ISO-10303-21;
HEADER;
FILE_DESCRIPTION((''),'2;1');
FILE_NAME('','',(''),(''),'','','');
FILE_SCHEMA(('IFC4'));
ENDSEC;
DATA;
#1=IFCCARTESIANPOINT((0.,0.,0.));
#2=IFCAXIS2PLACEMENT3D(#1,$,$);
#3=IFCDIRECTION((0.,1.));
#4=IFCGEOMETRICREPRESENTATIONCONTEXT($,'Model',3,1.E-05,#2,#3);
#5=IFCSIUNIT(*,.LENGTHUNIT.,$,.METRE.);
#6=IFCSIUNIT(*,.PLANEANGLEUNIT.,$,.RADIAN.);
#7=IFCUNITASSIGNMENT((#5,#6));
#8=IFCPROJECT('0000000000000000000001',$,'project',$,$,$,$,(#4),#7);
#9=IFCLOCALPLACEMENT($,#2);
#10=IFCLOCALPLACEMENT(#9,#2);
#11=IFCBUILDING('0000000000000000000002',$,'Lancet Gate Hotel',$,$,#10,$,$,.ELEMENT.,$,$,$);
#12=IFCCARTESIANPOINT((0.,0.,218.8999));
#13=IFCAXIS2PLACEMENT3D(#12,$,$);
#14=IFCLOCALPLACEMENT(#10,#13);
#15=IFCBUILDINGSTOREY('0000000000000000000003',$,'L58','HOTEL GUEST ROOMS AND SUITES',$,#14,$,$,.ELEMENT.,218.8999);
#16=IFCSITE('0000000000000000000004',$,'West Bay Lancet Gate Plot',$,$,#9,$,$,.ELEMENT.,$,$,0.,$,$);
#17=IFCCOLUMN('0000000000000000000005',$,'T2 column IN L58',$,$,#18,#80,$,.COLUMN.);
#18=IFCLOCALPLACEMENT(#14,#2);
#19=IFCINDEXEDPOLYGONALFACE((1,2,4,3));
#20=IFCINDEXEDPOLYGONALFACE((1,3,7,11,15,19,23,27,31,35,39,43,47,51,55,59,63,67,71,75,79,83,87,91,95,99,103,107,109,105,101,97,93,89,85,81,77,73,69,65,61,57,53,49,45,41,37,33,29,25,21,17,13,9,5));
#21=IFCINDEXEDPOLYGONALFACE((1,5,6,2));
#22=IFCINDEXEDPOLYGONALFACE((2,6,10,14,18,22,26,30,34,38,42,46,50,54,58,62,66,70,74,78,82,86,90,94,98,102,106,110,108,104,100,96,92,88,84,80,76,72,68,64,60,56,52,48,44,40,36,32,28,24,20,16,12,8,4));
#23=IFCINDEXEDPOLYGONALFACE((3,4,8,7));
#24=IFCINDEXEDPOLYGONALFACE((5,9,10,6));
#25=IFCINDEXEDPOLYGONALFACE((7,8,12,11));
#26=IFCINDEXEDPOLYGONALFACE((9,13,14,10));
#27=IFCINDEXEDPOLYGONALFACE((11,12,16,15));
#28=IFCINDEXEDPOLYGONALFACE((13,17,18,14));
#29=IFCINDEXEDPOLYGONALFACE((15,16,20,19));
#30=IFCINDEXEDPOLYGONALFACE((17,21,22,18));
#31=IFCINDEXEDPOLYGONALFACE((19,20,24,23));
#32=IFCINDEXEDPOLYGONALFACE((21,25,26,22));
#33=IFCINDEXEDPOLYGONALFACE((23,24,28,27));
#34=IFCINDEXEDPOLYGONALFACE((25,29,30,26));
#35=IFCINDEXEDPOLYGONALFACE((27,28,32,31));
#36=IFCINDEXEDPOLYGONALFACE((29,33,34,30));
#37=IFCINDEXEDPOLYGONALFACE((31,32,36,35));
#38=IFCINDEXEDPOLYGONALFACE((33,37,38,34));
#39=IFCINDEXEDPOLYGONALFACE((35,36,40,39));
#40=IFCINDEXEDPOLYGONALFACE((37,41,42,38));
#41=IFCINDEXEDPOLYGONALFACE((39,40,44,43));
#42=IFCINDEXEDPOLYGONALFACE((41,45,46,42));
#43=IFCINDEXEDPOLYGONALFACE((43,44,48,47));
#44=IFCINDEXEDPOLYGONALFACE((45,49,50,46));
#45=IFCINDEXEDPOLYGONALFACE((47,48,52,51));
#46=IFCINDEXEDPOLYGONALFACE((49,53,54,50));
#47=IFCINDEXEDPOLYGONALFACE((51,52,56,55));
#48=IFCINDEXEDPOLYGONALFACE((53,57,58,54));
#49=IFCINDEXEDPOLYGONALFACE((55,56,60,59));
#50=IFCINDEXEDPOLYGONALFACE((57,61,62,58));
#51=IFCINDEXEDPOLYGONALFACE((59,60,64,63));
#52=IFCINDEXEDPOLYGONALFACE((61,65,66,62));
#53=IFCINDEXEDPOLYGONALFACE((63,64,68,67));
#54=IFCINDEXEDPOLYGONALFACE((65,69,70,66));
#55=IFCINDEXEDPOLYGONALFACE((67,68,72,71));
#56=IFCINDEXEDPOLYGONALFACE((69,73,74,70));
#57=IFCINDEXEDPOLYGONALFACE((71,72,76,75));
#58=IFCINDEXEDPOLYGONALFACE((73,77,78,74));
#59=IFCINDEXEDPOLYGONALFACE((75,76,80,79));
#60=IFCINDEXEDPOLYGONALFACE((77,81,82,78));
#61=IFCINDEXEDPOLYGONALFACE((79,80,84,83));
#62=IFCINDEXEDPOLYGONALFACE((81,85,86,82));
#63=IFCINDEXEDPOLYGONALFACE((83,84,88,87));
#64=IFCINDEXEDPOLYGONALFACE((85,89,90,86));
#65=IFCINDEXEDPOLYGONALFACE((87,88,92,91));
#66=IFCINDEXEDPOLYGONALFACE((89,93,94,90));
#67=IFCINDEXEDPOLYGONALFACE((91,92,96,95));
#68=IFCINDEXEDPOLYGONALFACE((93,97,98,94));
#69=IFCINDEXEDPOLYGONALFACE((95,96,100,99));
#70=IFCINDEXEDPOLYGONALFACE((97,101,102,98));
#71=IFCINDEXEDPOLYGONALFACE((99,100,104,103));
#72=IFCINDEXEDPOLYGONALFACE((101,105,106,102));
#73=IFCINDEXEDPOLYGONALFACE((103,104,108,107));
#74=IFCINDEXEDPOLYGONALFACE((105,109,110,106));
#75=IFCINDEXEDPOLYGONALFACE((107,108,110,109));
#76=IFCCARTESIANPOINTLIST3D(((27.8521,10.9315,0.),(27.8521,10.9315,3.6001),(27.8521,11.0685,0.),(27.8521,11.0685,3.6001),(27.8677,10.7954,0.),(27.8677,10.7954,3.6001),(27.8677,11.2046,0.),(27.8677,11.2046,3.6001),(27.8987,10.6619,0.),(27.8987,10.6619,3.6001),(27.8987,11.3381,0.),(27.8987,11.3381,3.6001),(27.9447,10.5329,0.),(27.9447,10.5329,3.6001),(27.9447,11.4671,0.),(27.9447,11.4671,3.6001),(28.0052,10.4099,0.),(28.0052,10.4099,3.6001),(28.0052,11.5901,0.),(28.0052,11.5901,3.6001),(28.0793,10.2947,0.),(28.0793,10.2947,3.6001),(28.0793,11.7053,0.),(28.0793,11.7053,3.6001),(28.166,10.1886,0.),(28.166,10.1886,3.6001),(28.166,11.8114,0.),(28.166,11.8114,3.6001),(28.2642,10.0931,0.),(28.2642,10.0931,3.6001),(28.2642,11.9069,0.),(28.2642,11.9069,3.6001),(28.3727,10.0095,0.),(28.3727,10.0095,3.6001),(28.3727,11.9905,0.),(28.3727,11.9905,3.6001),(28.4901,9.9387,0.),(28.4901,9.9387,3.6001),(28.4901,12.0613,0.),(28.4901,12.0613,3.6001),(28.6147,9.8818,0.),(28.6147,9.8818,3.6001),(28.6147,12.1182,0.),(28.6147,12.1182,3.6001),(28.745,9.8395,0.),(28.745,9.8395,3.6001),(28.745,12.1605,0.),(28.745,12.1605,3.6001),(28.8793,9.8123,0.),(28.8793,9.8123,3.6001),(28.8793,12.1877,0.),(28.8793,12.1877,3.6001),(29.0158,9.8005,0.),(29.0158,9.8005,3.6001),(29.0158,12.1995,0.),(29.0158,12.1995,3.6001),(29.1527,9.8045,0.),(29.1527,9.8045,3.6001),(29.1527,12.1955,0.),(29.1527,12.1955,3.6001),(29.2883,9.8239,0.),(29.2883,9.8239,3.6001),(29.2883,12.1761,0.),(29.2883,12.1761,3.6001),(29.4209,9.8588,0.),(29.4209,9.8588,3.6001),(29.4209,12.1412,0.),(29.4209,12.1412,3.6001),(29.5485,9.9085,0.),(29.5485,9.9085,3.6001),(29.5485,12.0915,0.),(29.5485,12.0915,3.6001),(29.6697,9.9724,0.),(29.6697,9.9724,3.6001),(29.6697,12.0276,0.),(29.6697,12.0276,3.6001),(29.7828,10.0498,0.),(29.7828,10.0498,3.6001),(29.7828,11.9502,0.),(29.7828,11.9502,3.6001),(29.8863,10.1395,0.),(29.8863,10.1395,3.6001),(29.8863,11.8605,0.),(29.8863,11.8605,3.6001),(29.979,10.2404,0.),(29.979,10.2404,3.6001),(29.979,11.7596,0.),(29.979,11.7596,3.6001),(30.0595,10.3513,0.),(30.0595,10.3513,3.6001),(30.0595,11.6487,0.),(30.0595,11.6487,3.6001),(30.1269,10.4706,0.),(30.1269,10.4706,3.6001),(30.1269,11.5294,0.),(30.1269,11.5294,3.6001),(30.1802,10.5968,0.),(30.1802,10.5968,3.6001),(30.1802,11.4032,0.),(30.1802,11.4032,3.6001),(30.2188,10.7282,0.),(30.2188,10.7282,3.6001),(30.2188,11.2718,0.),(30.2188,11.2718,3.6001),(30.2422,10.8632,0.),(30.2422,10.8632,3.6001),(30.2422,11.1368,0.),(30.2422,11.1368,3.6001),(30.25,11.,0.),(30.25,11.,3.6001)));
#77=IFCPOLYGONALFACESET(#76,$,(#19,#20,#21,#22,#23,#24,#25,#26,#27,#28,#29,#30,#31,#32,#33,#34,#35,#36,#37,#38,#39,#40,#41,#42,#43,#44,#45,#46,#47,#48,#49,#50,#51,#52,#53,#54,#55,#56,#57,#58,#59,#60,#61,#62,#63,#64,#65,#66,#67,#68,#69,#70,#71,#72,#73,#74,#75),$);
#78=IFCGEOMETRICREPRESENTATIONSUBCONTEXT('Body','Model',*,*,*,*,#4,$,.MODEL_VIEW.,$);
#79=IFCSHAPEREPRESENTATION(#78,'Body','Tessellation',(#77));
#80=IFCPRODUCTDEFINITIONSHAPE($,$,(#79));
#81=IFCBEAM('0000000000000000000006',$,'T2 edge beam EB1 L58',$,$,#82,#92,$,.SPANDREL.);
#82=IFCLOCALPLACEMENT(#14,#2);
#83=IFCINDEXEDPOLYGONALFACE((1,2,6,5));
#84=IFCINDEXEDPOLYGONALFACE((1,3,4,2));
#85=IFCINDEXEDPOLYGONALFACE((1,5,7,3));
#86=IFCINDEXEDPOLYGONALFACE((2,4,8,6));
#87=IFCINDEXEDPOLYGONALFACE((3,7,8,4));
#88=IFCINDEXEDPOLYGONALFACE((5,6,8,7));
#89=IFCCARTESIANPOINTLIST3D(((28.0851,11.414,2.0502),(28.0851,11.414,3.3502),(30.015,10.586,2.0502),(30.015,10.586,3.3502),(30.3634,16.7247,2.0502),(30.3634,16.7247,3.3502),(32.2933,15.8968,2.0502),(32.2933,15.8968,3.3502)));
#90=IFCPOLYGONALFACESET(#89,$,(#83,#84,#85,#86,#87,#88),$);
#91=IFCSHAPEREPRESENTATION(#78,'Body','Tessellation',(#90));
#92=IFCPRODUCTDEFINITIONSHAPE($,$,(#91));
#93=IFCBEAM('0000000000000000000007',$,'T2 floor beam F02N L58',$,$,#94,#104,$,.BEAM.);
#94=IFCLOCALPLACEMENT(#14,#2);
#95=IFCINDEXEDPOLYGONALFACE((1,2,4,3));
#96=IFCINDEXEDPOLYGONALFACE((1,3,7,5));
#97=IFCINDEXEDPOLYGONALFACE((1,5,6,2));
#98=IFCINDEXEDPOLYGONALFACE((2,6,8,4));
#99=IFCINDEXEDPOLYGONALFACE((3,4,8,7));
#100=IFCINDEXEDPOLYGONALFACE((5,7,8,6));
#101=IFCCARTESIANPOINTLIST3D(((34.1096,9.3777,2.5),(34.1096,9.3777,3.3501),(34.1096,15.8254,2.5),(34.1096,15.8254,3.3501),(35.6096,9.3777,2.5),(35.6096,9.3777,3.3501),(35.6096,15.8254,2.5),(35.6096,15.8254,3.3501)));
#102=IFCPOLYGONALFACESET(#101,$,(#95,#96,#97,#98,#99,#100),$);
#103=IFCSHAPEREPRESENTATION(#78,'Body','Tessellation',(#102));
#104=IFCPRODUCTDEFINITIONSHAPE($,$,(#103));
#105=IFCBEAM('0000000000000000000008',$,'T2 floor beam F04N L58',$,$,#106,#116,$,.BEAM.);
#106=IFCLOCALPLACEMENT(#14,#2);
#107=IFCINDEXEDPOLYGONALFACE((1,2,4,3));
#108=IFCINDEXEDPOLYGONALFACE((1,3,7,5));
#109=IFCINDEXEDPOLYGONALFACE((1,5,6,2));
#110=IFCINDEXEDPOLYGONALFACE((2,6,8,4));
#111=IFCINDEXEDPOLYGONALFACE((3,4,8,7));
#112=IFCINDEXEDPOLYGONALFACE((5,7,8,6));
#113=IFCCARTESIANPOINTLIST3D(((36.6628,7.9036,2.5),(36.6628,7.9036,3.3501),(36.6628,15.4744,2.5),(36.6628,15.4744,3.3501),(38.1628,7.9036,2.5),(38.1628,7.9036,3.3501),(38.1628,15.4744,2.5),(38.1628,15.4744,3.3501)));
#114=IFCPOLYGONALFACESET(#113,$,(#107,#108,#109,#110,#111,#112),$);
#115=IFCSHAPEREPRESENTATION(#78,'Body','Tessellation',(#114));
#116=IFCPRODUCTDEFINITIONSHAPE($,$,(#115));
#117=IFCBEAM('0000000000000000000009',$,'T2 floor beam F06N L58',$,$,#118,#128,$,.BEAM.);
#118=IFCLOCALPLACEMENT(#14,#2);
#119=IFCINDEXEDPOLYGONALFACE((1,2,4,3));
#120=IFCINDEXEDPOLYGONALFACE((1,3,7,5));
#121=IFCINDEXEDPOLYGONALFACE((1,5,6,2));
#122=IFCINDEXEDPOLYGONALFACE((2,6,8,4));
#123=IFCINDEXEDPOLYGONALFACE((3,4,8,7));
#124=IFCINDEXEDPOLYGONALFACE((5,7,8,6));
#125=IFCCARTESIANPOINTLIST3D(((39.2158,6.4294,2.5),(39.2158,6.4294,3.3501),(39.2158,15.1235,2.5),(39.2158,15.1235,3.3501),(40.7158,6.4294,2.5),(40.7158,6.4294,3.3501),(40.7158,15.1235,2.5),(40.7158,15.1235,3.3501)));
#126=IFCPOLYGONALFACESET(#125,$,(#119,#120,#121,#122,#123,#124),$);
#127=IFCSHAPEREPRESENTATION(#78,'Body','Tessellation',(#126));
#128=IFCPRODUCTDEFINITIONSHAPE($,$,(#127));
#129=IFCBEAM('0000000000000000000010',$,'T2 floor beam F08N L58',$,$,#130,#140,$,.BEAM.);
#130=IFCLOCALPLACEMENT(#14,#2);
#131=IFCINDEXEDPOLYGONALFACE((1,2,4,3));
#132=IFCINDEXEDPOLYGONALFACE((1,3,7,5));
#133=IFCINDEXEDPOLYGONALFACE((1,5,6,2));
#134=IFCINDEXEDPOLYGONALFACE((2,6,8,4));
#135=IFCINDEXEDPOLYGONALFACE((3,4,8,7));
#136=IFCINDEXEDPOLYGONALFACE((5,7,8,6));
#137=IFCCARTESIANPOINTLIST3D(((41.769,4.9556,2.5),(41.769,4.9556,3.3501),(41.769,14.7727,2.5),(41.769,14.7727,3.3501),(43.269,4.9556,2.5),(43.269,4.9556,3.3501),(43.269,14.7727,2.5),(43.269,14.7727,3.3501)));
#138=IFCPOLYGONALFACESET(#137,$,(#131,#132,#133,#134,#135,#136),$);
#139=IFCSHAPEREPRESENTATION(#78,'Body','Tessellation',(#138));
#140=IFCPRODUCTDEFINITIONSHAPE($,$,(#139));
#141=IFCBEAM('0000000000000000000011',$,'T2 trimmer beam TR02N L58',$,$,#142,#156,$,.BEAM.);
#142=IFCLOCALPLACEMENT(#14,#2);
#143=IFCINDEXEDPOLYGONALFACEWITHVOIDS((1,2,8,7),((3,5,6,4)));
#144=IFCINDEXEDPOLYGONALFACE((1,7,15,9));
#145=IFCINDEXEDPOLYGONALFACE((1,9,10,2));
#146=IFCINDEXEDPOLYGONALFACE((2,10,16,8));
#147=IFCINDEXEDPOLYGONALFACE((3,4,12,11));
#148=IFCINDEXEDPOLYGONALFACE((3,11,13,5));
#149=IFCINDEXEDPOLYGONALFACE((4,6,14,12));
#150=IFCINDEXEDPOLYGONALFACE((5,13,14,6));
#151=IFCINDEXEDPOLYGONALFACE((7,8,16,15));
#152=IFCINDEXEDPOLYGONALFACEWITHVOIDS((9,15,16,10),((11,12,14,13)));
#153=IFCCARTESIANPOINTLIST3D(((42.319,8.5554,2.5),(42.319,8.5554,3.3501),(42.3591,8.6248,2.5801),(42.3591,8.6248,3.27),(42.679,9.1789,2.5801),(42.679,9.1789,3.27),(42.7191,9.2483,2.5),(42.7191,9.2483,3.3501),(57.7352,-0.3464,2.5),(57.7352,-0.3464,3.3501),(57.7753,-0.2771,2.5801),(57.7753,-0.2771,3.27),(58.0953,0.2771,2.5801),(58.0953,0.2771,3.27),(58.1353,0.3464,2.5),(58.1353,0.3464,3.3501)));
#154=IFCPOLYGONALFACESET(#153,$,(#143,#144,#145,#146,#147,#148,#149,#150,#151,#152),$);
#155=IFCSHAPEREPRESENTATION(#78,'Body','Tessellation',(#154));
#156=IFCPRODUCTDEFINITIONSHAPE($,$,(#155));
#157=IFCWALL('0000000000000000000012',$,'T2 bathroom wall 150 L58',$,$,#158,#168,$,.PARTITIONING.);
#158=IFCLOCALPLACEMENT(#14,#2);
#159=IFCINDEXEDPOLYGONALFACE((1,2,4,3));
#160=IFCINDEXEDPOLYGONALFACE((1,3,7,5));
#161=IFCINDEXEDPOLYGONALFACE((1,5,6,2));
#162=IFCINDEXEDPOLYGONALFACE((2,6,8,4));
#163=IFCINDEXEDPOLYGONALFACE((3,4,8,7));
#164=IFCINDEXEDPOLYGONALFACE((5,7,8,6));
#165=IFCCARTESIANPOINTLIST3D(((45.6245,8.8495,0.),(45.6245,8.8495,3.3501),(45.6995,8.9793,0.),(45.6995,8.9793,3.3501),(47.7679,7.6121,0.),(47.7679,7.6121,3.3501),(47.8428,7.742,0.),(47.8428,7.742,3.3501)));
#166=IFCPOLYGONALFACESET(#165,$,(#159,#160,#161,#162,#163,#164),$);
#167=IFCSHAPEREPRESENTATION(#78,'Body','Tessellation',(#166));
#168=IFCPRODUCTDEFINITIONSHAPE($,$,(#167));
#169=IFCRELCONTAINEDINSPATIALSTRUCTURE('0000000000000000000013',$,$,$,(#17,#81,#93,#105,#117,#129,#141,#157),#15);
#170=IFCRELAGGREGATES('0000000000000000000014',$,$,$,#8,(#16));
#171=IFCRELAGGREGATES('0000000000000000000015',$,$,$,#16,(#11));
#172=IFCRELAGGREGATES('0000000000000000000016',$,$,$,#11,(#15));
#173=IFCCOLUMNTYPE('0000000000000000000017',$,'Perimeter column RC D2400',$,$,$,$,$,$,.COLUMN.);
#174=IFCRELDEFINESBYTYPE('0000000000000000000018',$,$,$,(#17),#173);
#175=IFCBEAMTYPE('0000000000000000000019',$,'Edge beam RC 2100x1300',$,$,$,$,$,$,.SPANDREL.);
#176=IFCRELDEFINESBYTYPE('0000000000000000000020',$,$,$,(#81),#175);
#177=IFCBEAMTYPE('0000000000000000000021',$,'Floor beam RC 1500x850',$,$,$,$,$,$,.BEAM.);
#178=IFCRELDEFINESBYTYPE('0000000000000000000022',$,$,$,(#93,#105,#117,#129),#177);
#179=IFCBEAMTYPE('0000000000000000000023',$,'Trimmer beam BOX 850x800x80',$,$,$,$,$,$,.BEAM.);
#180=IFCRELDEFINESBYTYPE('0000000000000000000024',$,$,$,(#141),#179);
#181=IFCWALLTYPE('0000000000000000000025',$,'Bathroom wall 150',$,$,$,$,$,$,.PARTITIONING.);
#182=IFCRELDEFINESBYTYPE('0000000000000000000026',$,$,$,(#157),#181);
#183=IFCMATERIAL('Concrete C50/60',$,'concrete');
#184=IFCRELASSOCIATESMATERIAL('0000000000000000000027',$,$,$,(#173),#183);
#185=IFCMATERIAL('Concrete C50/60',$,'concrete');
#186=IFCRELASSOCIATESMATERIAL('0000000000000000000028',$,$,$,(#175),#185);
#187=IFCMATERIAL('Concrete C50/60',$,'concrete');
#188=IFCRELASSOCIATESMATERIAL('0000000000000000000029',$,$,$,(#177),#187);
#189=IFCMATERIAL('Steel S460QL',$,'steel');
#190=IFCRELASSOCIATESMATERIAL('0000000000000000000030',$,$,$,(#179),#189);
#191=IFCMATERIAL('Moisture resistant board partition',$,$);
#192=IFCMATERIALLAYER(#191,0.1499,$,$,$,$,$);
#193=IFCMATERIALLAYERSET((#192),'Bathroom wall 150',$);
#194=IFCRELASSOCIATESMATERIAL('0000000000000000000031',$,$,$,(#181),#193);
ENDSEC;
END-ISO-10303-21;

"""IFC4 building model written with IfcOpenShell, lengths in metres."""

from ifc_helpers import new_model, si_unit, direction, frame, frame_2d, origin, origin_2d, place, context, subcontext, project, spatial, rectangle, hollow_rectangle, circle, extrude, material, layer, layer_set, material_profile, profile_set, type_object, element, save


model = new_model("IFC4")

# Units and contexts
model_context = context("Model", 3, precision=1e-05, world=origin(), true_north=direction((0.0, 1.0)))
body_context = subcontext(model_context, "Body", "Model", "MODEL_VIEW")
ifc_project = project(units=[si_unit("LENGTHUNIT", "METRE"), si_unit("PLANEANGLEUNIT", "RADIAN")], contexts=[model_context])

# Site, building, storey
site_placement = place(None, origin())
site = spatial("IfcSite", under=ifc_project, at=site_placement, Name="West Bay Lancet Gate Plot", CompositionType="ELEMENT", RefElevation=0.0)
building_placement = place(site_placement, origin())
building = spatial("IfcBuilding", under=site, at=building_placement, Name="Lancet Gate Hotel", CompositionType="ELEMENT")
storey_placement = place(building_placement, frame((0.0, 0.0, 218.8999)))
storey = spatial("IfcBuildingStorey", under=building, at=storey_placement, Name="L58", Description="HOTEL GUEST ROOMS AND SUITES", CompositionType="ELEMENT", Elevation=218.8999)

# Column
ifc_material_1 = material(Name="Concrete C50/60", Category="concrete")
ifc_material_profile_1 = material_profile(ifc_material_1, circle(Radius=1.2, at=origin_2d()), Name="RC D2400")
ifc_profile_set_1 = profile_set([ifc_material_profile_1], Name="Concrete C50/60")
column_type = type_object("IfcColumnType", Name="Perimeter column RC D2400", PredefinedType="COLUMN", material=ifc_profile_set_1)
column_placement = place(storey_placement, frame((29.05, 11.0, 0.0), z_axis=(0.0, 0.0, 1.0), x_axis=(1.0, 0.0, 0.0)))
element("IfcColumn", 1, at=column_placement, inside=storey, type_object=column_type, Name="T2 column IN L58", PredefinedType="COLUMN", context=body_context, shape_type="SweptSolid", body=[
    extrude(circle(Radius=1.2, at=origin_2d()), origin(), (0.0, 0.0, 1.0), 3.6001),
])

# Beams
ifc_material_2 = material(Name="Concrete C50/60", Category="concrete")
ifc_material_profile_2 = material_profile(ifc_material_2, rectangle(XDim=2.1001, YDim=1.3, at=origin_2d()), Name="RC 2100x1300")
ifc_profile_set_2 = profile_set([ifc_material_profile_2], Name="Concrete C50/60")
beam_type_1 = type_object("IfcBeamType", Name="Edge beam RC 2100x1300", PredefinedType="SPANDREL", material=ifc_profile_set_2)
beam_1_placement = place(storey_placement, frame((29.05, 11.0, 2.7002), z_axis=(0.394251, 0.919003, 0.0), x_axis=(-0.919003, 0.394251, 0.0)))
element("IfcBeam", 2, at=beam_1_placement, inside=storey, type_object=beam_type_1, Name="T2 edge beam EB1 L58", PredefinedType="SPANDREL", context=body_context, shape_type="SweptSolid", body=[
    extrude(rectangle(XDim=2.1001, YDim=1.3, at=origin_2d()), origin(), (0.0, 0.0, 1.0), 5.7788),
])
ifc_material_3 = material(Name="Concrete C50/60", Category="concrete")
ifc_material_profile_3 = material_profile(ifc_material_3, rectangle(XDim=1.5, YDim=0.8501, at=origin_2d()), Name="RC 1500x850")
ifc_profile_set_3 = profile_set([ifc_material_profile_3], Name="Concrete C50/60")
beam_type_2 = type_object("IfcBeamType", Name="Floor beam RC 1500x850", PredefinedType="BEAM", material=ifc_profile_set_3)
beam_2_placement = place(storey_placement, frame((34.8596, 9.3777, 2.925), z_axis=(0.0, 1.0, 0.0), x_axis=(-1.0, 0.0, 0.0)))
element("IfcBeam", 3, at=beam_2_placement, inside=storey, type_object=beam_type_2, Name="T2 floor beam F02N L58", PredefinedType="BEAM", context=body_context, shape_type="SweptSolid", body=[
    extrude(rectangle(XDim=1.5, YDim=0.8501, at=origin_2d()), origin(), (0.0, 0.0, 1.0), 6.4478),
])
beam_3_placement = place(storey_placement, frame((37.4128, 7.9036, 2.925), z_axis=(0.0, 1.0, 0.0), x_axis=(-1.0, 0.0, 0.0)))
element("IfcBeam", 4, at=beam_3_placement, inside=storey, type_object=beam_type_2, Name="T2 floor beam F04N L58", PredefinedType="BEAM", context=body_context, shape_type="SweptSolid", body=[
    extrude(rectangle(XDim=1.5, YDim=0.8501, at=origin_2d()), origin(), (0.0, 0.0, 1.0), 7.5708),
])
beam_4_placement = place(storey_placement, frame((39.9658, 6.4294, 2.925), z_axis=(0.0, 1.0, 0.0), x_axis=(-1.0, 0.0, 0.0)))
element("IfcBeam", 5, at=beam_4_placement, inside=storey, type_object=beam_type_2, Name="T2 floor beam F06N L58", PredefinedType="BEAM", context=body_context, shape_type="SweptSolid", body=[
    extrude(rectangle(XDim=1.5, YDim=0.8501, at=origin_2d()), origin(), (0.0, 0.0, 1.0), 8.6941),
])
beam_5_placement = place(storey_placement, frame((42.519, 4.9556, 2.925), z_axis=(0.0, 1.0, 0.0), x_axis=(-1.0, 0.0, 0.0)))
element("IfcBeam", 6, at=beam_5_placement, inside=storey, type_object=beam_type_2, Name="T2 floor beam F08N L58", PredefinedType="BEAM", context=body_context, shape_type="SweptSolid", body=[
    extrude(rectangle(XDim=1.5, YDim=0.8501, at=origin_2d()), origin(), (0.0, 0.0, 1.0), 9.8171),
])
ifc_material_4 = material(Name="Steel S460QL", Category="steel")
ifc_material_profile_4 = material_profile(ifc_material_4, hollow_rectangle(XDim=0.8, YDim=0.8501, WallThickness=0.0801, at=origin_2d()), Name="BOX 850x800x80")
ifc_profile_set_4 = profile_set([ifc_material_profile_4], Name="Steel S460QL")
beam_type_3 = type_object("IfcBeamType", Name="Trimmer beam BOX 850x800x80", PredefinedType="BEAM", material=ifc_profile_set_4)
beam_6_placement = place(storey_placement, frame((42.519, 8.9019, 2.925), z_axis=(0.865994, -0.500054, 0.0), x_axis=(0.500054, 0.865994, 0.0)))
element("IfcBeam", 7, at=beam_6_placement, inside=storey, type_object=beam_type_3, Name="T2 trimmer beam TR02N L58", PredefinedType="BEAM", context=body_context, shape_type="SweptSolid", body=[
    extrude(hollow_rectangle(XDim=0.8, YDim=0.8501, WallThickness=0.0801, at=origin_2d()), origin(), (0.0, 0.0, 1.0), 17.8018),
])

# Wall
ifc_material_5 = material(Name="Moisture resistant board partition")
ifc_layer_1 = layer(ifc_material_5, 0.1499)
ifc_layer_set_1 = layer_set([ifc_layer_1], Name="Bathroom wall 150")
wall_type_1 = type_object("IfcWallType", Name="Bathroom wall 150", PredefinedType="PARTITIONING", material=ifc_layer_set_1)
wall_1_placement = place(storey_placement, frame((45.6621, 8.9143, 0.0), z_axis=(0.0, 0.0, 1.0), x_axis=(0.866049, -0.499959, 0.0)))
element("IfcWall", 8, at=wall_1_placement, inside=storey, type_object=wall_type_1, Name="T2 bathroom wall 150 L58", PredefinedType="PARTITIONING", context=body_context, shape_type="SweptSolid", body=[
    extrude(rectangle(XDim=2.4749, YDim=0.1499, at=frame_2d((1.2373, 0.0))), origin(), (0.0, 0.0, 1.0), 3.3501),
])

save(model, "model.ifc")
